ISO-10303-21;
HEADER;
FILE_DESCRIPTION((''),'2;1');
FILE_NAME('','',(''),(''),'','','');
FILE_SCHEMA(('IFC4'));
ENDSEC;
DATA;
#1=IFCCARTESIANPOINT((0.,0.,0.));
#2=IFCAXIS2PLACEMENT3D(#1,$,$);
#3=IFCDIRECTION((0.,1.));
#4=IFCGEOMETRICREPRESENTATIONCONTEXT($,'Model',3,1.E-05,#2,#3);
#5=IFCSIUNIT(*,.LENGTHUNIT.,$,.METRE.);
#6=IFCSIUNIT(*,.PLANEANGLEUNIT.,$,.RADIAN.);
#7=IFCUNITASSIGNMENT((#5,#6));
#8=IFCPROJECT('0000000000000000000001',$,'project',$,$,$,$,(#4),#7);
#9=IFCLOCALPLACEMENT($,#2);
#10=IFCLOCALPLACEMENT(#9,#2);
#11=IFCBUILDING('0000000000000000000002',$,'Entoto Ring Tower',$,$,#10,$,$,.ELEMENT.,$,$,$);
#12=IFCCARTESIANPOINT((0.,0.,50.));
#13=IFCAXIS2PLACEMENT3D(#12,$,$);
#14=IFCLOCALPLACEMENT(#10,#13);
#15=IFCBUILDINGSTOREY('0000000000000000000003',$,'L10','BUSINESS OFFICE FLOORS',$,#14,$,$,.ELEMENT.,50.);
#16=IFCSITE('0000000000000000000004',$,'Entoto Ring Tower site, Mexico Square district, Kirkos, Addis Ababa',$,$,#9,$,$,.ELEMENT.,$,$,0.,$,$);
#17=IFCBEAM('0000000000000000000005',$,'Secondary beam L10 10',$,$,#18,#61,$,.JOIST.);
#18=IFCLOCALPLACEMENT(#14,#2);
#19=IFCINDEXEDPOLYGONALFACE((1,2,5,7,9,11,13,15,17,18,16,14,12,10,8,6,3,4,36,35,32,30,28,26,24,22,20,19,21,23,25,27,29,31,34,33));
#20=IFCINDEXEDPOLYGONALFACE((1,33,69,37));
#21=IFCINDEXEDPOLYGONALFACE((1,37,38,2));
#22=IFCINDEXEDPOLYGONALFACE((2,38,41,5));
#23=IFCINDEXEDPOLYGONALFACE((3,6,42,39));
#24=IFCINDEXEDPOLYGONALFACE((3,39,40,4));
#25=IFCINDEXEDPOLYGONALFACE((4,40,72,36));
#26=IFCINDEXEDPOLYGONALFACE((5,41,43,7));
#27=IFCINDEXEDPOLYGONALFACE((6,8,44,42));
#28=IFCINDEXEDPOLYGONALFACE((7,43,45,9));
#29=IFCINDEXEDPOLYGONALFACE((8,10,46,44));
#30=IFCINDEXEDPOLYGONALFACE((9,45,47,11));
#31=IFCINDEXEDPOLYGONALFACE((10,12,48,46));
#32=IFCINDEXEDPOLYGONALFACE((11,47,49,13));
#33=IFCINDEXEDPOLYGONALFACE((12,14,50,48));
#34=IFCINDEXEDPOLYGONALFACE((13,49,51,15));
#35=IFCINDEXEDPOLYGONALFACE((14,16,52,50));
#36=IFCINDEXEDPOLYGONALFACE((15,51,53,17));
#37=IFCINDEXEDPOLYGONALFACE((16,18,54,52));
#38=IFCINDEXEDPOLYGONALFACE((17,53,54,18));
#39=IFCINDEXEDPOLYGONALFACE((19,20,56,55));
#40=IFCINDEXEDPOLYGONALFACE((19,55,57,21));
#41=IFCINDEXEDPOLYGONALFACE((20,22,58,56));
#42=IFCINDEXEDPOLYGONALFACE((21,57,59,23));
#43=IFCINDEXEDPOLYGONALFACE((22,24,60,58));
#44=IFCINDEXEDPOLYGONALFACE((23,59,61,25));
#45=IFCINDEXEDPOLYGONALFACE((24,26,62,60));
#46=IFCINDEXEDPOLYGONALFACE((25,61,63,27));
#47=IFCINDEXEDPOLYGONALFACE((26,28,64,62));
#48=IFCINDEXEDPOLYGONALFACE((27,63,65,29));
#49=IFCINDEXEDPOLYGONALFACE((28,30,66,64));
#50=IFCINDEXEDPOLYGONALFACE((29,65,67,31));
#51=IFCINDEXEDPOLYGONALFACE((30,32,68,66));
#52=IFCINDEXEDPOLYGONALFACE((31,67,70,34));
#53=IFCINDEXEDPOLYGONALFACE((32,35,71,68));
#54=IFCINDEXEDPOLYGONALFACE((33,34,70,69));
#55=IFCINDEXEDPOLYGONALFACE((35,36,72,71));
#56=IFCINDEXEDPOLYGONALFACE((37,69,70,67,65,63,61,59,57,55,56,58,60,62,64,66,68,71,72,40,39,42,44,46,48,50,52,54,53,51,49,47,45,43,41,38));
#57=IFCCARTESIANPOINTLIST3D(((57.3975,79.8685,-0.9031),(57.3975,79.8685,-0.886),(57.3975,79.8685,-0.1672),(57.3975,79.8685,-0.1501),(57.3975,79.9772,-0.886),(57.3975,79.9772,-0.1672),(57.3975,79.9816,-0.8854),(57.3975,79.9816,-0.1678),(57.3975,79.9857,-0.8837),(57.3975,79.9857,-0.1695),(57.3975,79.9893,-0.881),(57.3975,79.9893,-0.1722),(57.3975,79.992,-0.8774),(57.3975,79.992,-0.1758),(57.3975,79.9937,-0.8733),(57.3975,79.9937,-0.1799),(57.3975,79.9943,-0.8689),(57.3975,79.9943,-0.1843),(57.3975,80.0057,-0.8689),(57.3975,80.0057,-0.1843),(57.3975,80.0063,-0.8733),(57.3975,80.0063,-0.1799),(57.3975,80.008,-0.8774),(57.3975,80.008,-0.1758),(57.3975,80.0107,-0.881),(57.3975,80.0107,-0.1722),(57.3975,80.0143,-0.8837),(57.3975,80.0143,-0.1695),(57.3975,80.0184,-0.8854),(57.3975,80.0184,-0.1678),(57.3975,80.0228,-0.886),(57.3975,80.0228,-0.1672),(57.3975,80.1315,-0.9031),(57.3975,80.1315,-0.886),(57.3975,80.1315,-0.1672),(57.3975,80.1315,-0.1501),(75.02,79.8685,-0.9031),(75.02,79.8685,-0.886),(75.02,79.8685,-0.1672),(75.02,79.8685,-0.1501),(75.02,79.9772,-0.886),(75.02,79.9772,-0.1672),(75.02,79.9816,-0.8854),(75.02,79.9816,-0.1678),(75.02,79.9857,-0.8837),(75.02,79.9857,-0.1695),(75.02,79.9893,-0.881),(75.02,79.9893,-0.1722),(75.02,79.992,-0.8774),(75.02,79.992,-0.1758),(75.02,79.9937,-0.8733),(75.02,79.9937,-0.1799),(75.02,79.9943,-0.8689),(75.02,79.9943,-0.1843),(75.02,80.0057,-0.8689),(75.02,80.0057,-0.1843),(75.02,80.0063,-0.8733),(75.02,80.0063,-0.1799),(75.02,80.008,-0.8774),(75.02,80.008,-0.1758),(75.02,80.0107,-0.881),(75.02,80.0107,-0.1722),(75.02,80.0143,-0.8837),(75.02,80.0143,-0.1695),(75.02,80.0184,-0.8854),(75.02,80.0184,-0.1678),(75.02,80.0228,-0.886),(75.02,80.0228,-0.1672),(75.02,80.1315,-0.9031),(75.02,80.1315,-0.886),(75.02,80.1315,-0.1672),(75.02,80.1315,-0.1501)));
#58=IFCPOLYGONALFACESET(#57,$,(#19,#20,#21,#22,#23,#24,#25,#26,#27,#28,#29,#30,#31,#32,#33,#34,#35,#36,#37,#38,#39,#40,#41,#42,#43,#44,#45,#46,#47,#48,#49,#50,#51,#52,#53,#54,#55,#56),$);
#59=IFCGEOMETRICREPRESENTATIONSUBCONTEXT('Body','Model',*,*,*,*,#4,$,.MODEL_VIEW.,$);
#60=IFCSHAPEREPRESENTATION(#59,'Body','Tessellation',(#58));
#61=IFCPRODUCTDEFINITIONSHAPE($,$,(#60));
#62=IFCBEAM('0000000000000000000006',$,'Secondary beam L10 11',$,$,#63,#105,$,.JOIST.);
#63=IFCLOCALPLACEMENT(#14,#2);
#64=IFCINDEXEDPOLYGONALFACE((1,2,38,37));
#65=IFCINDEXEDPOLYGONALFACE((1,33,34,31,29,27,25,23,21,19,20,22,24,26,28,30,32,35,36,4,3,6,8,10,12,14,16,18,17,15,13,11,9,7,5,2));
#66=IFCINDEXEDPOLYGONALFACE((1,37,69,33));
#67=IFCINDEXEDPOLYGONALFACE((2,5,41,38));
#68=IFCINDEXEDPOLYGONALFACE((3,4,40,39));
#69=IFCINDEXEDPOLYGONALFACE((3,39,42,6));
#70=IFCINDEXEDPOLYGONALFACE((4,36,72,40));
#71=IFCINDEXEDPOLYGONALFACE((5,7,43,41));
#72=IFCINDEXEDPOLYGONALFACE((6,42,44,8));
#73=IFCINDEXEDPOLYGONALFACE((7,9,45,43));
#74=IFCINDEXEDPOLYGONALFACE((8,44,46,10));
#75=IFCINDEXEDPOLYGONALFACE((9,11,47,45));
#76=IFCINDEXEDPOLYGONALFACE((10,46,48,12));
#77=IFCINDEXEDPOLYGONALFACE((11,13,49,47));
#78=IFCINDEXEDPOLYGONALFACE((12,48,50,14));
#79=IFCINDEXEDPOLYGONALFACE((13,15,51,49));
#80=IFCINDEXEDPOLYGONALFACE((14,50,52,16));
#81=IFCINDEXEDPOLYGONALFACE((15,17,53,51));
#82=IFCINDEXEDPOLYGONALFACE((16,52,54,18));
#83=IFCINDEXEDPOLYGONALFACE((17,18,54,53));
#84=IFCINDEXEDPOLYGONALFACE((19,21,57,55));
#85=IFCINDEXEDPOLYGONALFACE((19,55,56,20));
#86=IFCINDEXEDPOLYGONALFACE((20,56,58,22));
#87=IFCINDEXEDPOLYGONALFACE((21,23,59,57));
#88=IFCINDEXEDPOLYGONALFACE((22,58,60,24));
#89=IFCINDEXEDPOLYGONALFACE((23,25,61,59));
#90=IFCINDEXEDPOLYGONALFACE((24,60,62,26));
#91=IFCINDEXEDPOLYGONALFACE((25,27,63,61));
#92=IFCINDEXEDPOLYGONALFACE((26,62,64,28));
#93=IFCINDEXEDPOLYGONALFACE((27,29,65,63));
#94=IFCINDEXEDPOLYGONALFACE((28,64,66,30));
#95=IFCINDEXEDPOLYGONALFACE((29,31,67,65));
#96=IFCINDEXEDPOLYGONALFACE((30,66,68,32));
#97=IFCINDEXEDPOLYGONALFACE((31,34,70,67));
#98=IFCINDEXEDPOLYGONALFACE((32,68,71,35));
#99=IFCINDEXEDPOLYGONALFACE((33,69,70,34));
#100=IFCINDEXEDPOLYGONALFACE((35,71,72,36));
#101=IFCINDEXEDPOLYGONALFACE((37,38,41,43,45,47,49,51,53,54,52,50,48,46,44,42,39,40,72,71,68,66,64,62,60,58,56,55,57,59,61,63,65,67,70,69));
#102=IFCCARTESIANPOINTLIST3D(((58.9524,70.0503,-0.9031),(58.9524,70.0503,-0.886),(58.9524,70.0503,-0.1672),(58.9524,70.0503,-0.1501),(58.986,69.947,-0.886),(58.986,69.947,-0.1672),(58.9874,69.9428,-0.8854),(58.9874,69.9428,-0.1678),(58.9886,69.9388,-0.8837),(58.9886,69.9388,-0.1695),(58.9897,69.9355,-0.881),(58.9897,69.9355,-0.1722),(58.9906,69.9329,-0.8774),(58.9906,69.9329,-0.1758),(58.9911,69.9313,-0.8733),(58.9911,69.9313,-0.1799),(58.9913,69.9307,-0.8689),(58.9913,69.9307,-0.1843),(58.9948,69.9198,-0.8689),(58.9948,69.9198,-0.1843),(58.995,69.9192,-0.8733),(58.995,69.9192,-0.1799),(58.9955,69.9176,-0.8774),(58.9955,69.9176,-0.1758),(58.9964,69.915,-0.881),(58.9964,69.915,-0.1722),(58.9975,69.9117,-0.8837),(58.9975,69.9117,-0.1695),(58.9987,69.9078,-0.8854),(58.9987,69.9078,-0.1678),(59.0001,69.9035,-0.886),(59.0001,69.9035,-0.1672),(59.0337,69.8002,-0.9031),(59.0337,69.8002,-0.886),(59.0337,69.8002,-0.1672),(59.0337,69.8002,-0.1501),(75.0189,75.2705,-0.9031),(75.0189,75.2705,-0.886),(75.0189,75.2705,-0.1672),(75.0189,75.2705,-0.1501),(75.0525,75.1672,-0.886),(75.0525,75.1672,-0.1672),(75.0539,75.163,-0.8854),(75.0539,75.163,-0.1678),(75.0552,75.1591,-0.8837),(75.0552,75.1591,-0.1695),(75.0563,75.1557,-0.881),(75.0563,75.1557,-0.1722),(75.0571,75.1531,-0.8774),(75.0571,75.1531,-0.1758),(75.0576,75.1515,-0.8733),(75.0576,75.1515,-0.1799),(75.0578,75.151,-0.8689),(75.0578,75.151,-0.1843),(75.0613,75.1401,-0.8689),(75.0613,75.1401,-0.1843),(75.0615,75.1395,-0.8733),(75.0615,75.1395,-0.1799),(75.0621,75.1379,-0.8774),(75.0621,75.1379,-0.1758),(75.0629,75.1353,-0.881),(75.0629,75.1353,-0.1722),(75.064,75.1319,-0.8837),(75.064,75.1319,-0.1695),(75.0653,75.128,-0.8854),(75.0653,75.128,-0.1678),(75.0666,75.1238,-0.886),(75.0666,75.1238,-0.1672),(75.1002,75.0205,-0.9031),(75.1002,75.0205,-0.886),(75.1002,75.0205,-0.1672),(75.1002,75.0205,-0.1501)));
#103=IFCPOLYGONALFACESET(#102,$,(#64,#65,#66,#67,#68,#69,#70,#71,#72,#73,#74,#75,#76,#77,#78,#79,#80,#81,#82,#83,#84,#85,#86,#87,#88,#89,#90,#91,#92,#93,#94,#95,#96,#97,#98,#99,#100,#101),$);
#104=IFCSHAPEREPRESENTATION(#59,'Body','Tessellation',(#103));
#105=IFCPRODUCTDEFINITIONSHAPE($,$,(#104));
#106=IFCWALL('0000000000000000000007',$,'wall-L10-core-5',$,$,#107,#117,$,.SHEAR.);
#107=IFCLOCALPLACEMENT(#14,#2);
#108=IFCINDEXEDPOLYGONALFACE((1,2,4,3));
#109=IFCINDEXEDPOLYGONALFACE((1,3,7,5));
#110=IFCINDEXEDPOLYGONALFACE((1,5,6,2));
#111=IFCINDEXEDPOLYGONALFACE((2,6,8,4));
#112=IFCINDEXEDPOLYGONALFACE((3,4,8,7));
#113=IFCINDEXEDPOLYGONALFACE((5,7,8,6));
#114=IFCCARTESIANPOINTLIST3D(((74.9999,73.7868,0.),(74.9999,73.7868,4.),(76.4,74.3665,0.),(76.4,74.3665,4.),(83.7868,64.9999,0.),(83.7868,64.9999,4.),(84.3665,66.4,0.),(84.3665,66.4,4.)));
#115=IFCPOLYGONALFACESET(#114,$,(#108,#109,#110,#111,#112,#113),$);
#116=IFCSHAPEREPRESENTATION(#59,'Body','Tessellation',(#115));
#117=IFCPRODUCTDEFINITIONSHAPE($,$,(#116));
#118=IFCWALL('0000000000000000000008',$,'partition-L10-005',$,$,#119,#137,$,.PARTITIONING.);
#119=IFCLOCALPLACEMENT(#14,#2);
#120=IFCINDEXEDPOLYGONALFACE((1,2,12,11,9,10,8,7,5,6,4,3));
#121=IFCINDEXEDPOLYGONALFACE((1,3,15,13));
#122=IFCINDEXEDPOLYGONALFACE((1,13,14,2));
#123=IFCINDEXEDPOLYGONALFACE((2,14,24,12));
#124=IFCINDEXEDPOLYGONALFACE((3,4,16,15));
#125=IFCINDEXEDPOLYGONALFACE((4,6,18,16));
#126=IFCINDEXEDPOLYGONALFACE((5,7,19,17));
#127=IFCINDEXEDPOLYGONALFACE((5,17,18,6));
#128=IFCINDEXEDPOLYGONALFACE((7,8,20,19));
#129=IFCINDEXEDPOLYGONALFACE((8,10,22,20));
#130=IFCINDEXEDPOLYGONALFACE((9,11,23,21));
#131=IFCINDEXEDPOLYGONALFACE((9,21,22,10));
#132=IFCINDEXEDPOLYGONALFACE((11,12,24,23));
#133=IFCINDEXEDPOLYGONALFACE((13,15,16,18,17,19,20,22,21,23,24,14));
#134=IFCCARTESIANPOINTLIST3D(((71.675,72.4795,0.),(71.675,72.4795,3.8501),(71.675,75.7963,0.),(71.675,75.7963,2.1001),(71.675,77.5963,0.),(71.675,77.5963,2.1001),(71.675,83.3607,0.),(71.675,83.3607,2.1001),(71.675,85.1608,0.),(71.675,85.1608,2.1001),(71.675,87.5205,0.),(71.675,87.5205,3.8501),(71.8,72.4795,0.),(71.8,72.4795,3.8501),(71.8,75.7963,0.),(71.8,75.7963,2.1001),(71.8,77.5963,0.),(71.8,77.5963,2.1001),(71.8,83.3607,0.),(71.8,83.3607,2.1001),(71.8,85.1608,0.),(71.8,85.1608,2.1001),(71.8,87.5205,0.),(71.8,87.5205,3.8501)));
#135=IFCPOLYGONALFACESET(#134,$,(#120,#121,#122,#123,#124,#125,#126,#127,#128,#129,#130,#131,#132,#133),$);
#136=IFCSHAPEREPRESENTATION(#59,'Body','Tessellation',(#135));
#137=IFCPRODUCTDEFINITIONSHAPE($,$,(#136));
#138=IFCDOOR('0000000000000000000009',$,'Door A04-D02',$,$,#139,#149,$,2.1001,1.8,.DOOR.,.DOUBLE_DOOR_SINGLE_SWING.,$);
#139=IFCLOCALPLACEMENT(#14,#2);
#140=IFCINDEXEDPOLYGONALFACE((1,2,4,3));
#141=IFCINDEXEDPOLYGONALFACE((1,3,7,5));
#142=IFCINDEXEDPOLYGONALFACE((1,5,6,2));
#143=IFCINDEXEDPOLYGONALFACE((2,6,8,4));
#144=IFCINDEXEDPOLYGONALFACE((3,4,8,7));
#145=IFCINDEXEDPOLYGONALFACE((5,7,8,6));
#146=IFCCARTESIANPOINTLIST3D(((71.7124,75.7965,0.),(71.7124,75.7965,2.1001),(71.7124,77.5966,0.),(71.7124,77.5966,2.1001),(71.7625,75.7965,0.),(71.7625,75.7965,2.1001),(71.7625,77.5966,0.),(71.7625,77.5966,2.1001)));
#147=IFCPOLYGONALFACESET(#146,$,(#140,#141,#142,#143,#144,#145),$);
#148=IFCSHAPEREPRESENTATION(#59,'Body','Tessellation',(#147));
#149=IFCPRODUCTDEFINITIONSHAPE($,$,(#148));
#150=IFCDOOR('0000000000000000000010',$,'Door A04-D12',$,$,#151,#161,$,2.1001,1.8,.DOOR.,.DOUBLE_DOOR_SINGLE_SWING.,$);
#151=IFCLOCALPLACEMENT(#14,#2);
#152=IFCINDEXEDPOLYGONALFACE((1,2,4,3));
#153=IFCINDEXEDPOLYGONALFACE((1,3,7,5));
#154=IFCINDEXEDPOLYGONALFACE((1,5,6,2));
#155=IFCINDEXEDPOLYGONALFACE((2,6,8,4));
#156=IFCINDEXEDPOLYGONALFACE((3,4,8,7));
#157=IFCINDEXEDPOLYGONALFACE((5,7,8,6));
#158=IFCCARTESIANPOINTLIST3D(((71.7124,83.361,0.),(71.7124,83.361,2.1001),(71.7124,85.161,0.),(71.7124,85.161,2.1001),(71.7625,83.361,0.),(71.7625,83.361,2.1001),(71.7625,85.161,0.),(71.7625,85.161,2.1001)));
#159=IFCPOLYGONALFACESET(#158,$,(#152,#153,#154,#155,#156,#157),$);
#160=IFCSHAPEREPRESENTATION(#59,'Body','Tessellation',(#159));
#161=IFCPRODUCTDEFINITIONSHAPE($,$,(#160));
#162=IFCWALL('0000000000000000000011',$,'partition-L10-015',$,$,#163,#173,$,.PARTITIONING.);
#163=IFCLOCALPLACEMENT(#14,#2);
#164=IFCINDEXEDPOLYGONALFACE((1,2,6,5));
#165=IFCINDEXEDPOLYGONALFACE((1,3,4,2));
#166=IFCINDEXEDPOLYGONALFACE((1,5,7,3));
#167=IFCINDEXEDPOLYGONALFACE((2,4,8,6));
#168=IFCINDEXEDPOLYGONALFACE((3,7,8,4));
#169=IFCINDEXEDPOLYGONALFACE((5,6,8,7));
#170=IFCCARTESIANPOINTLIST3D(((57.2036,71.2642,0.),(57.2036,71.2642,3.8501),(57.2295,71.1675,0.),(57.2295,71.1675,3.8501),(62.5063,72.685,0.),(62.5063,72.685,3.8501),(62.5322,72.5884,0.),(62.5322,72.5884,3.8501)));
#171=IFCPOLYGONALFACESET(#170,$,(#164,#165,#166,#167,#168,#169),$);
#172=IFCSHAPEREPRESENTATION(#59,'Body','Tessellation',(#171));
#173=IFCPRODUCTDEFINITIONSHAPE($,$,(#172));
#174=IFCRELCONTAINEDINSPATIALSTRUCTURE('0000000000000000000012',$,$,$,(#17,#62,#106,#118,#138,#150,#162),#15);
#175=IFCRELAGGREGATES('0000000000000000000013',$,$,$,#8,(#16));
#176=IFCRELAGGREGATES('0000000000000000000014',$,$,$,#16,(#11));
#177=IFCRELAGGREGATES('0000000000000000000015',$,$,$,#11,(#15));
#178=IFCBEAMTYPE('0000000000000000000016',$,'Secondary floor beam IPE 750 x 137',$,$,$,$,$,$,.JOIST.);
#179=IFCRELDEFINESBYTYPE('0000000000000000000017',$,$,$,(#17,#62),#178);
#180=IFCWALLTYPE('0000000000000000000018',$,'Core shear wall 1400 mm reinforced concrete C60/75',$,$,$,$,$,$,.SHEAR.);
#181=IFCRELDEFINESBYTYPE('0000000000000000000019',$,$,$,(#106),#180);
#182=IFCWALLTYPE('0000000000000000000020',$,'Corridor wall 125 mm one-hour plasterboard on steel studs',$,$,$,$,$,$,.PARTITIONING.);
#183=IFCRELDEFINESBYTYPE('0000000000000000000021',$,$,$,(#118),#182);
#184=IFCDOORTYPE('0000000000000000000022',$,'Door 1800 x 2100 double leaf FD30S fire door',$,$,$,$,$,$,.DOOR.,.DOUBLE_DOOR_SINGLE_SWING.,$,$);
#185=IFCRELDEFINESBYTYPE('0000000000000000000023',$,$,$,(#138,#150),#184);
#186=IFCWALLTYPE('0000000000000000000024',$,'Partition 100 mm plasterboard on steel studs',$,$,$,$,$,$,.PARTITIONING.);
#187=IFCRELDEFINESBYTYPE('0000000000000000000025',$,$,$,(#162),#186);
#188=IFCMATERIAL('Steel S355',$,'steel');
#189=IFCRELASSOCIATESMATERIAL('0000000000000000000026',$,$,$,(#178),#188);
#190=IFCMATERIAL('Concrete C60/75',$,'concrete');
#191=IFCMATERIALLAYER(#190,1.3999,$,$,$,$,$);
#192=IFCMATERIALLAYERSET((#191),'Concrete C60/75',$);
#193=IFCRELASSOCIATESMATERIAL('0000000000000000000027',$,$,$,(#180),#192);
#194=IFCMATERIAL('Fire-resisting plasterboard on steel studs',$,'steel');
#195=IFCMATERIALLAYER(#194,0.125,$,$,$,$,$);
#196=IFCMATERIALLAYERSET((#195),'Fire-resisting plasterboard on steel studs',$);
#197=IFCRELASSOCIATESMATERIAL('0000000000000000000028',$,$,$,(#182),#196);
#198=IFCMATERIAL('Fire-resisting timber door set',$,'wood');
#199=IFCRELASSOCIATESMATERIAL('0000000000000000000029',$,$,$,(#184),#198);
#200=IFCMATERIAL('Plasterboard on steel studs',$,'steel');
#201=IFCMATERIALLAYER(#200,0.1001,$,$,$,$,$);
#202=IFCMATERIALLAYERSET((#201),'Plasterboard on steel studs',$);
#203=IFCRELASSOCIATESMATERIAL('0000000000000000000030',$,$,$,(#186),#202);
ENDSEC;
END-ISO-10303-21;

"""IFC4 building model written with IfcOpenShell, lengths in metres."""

from ifc_helpers import new_model, si_unit, direction, frame, frame_2d, origin, origin_2d, place, context, subcontext, project, spatial, polyline, rectangle, i_section, outline, extrude, material, layer, layer_set, material_profile, profile_set, type_object, element, fill, save


model = new_model("IFC4")

# Units and contexts
model_context = context("Model", 3, precision=1e-05, world=origin(), true_north=direction((0.0, 1.0)))
body_context = subcontext(model_context, "Body", "Model", "MODEL_VIEW")
ifc_project = project(units=[si_unit("LENGTHUNIT", "METRE"), si_unit("PLANEANGLEUNIT", "RADIAN")], contexts=[model_context])

# Site, building, storey
site_placement = place(None, origin())
site = spatial("IfcSite", under=ifc_project, at=site_placement, Name="Entoto Ring Tower site, Mexico Square district, Kirkos, Addis Ababa", CompositionType="ELEMENT", RefElevation=0.0)
building_placement = place(site_placement, origin())
building = spatial("IfcBuilding", under=site, at=building_placement, Name="Entoto Ring Tower", CompositionType="ELEMENT")
storey_placement = place(building_placement, frame((0.0, 0.0, 50.0)))
storey = spatial("IfcBuildingStorey", under=building, at=storey_placement, Name="L10", Description="BUSINESS OFFICE FLOORS", CompositionType="ELEMENT", Elevation=50.0)

# Beams
ifc_material_1 = material(Name="Steel S355", Category="steel")
ifc_material_profile_1 = material_profile(ifc_material_1, i_section(OverallWidth=0.2629, OverallDepth=0.7529, WebThickness=0.0115, FlangeThickness=0.0171, FilletRadius=0.0171, at=origin_2d()), Name="IPE 750 x 137")
ifc_profile_set_1 = profile_set([ifc_material_profile_1], Name="Steel S355")
beam_type_1 = type_object("IfcBeamType", Name="Secondary floor beam IPE 750 x 137", PredefinedType="JOIST", material=ifc_profile_set_1)
beam_1_placement = place(storey_placement, frame((75.02, 80.0, -0.5266), z_axis=(-1.0, 0.0, 0.0), x_axis=(0.0, -1.0, 0.0)))
element("IfcBeam", 1, at=beam_1_placement, inside=storey, type_object=beam_type_1, Name="Secondary beam L10 10", PredefinedType="JOIST", context=body_context, shape_type="SweptSolid", body=[
    extrude(i_section(OverallWidth=0.2629, OverallDepth=0.7529, WebThickness=0.0115, FlangeThickness=0.0171, FilletRadius=0.0171, at=origin_2d()), origin(), (0.0, 0.0, 1.0), 17.6226),
])
beam_2_placement = place(storey_placement, frame((75.0596, 75.1455, -0.5266), z_axis=(-0.951058, -0.309013, 0.0), x_axis=(0.309013, -0.951058, 0.0)))
element("IfcBeam", 2, at=beam_2_placement, inside=storey, type_object=beam_type_1, Name="Secondary beam L10 11", PredefinedType="JOIST", context=body_context, shape_type="SweptSolid", body=[
    extrude(i_section(OverallWidth=0.2629, OverallDepth=0.7529, WebThickness=0.0115, FlangeThickness=0.0171, FilletRadius=0.0171, at=origin_2d()), origin(), (0.0, 0.0, 1.0), 16.8933),
])

# Wall
ifc_material_2 = material(Name="Concrete C60/75", Category="concrete")
ifc_layer_1 = layer(ifc_material_2, 1.3999)
ifc_layer_set_1 = layer_set([ifc_layer_1], Name="Concrete C60/75")
wall_type_1 = type_object("IfcWallType", Name="Core shear wall 1400 mm reinforced concrete C60/75", PredefinedType="SHEAR", material=ifc_layer_set_1)
wall_1_placement = place(storey_placement, frame((75.7, 74.0767, 0.0), z_axis=(0.0, 0.0, 1.0), x_axis=(0.707107, -0.707107, 0.0)))
element("IfcWall", 3, at=wall_1_placement, inside=storey, type_object=wall_type_1, Name="wall-L10-core-5", PredefinedType="SHEAR", context=body_context, shape_type="SweptSolid", body=[
    extrude(outline(polyline([(-0.29, -0.7), (12.1365, -0.7), (11.5564, 0.7), (0.29, 0.7), (-0.29, -0.7)])), origin(), (0.0, 0.0, 1.0), 4.0),
])

# Wall, openings, doors
ifc_material_3 = material(Name="Fire-resisting plasterboard on steel studs", Category="steel")
ifc_layer_2 = layer(ifc_material_3, 0.125)
ifc_layer_set_2 = layer_set([ifc_layer_2], Name="Fire-resisting plasterboard on steel studs")
wall_type_2 = type_object("IfcWallType", Name="Corridor wall 125 mm one-hour plasterboard on steel studs", PredefinedType="PARTITIONING", material=ifc_layer_set_2)
wall_2_placement = place(storey_placement, frame((71.7375, 72.4795, 0.0), z_axis=(0.0, 0.0, 1.0), x_axis=(0.0, 1.0, 0.0)))
wall_2 = element("IfcWall", 4, at=wall_2_placement, inside=storey, type_object=wall_type_2, Name="partition-L10-005", PredefinedType="PARTITIONING", context=body_context, shape_type="SweptSolid", body=[
    extrude(rectangle(XDim=15.041, YDim=0.125, at=frame_2d((7.5205, 0.0))), origin(), (0.0, 0.0, 1.0), 3.8501),
])
opening_1_placement = place(wall_2_placement, frame((3.3169, 0.0, 0.0)))
opening_1 = element("IfcOpeningElement", 5, at=opening_1_placement, cuts=wall_2, PredefinedType="OPENING", context=body_context, shape_type="SweptSolid", body=[
    extrude(rectangle(XDim=1.8, YDim=2.1001, at=frame_2d((0.8999, 1.05))), frame((0.0, 0.0725, 0.0), z_axis=(0.0, -1.0, 0.0), x_axis=(1.0, 0.0, 0.0)), (0.0, 0.0, 1.0), 0.145),
])
opening_2_placement = place(wall_2_placement, frame((10.8813, 0.0, 0.0)))
opening_2 = element("IfcOpeningElement", 6, at=opening_2_placement, cuts=wall_2, PredefinedType="OPENING", context=body_context, shape_type="SweptSolid", body=[
    extrude(rectangle(XDim=1.8, YDim=2.1001, at=frame_2d((0.8999, 1.05))), frame((0.0, 0.0725, 0.0), z_axis=(0.0, -1.0, 0.0), x_axis=(1.0, 0.0, 0.0)), (0.0, 0.0, 1.0), 0.145),
])
ifc_material_4 = material(Name="Fire-resisting timber door set", Category="wood")
door_type = type_object("IfcDoorType", Name="Door 1800 x 2100 double leaf FD30S fire door", OperationType="DOUBLE_DOOR_SINGLE_SWING", PredefinedType="DOOR", material=ifc_material_4)
door_1_placement = place(opening_1_placement, frame((1.8, 0.0, 0.0), z_axis=(0.0, 0.0, 1.0), x_axis=(-1.0, 0.0, 0.0)))
door_1 = element("IfcDoor", 7, at=door_1_placement, inside=storey, type_object=door_type, Name="Door A04-D02", OperationType="DOUBLE_DOOR_SINGLE_SWING", OverallHeight=2.1001, OverallWidth=1.8, PredefinedType="DOOR", context=body_context, shape_type="SweptSolid", body=[
    extrude(rectangle(XDim=1.8, YDim=2.1001, at=frame_2d((0.8999, 1.05))), frame((0.0, 0.0249, 0.0), z_axis=(0.0, -1.0, 0.0), x_axis=(1.0, 0.0, 0.0)), (0.0, 0.0, 1.0), 0.05),
])
fill(opening_1, door_1)
door_2_placement = place(opening_2_placement, frame((1.8, 0.0, 0.0), z_axis=(0.0, 0.0, 1.0), x_axis=(-1.0, 0.0, 0.0)))
door_2 = element("IfcDoor", 8, at=door_2_placement, inside=storey, type_object=door_type, Name="Door A04-D12", OperationType="DOUBLE_DOOR_SINGLE_SWING", OverallHeight=2.1001, OverallWidth=1.8, PredefinedType="DOOR", context=body_context, shape_type="SweptSolid", body=[
    extrude(rectangle(XDim=1.8, YDim=2.1001, at=frame_2d((0.8999, 1.05))), frame((0.0, 0.0249, 0.0), z_axis=(0.0, -1.0, 0.0), x_axis=(1.0, 0.0, 0.0)), (0.0, 0.0, 1.0), 0.05),
])
fill(opening_2, door_2)

# Wall
ifc_material_5 = material(Name="Plasterboard on steel studs", Category="steel")
ifc_layer_3 = layer(ifc_material_5, 0.1001)
ifc_layer_set_3 = layer_set([ifc_layer_3], Name="Plasterboard on steel studs")
wall_type_3 = type_object("IfcWallType", Name="Partition 100 mm plasterboard on steel studs", PredefinedType="PARTITIONING", material=ifc_layer_set_3)
wall_3_placement = place(storey_placement, frame((57.2166, 71.2158, 0.0), z_axis=(0.0, 0.0, 1.0), x_axis=(0.965924, 0.258825, 0.0)))
element("IfcWall", 9, at=wall_3_placement, inside=storey, type_object=wall_type_3, Name="partition-L10-015", PredefinedType="PARTITIONING", context=body_context, shape_type="SweptSolid", body=[
    extrude(rectangle(XDim=5.4897, YDim=0.1001, at=frame_2d((2.7449, 0.0))), origin(), (0.0, 0.0, 1.0), 3.8501),
])

save(model, "model.ifc")
